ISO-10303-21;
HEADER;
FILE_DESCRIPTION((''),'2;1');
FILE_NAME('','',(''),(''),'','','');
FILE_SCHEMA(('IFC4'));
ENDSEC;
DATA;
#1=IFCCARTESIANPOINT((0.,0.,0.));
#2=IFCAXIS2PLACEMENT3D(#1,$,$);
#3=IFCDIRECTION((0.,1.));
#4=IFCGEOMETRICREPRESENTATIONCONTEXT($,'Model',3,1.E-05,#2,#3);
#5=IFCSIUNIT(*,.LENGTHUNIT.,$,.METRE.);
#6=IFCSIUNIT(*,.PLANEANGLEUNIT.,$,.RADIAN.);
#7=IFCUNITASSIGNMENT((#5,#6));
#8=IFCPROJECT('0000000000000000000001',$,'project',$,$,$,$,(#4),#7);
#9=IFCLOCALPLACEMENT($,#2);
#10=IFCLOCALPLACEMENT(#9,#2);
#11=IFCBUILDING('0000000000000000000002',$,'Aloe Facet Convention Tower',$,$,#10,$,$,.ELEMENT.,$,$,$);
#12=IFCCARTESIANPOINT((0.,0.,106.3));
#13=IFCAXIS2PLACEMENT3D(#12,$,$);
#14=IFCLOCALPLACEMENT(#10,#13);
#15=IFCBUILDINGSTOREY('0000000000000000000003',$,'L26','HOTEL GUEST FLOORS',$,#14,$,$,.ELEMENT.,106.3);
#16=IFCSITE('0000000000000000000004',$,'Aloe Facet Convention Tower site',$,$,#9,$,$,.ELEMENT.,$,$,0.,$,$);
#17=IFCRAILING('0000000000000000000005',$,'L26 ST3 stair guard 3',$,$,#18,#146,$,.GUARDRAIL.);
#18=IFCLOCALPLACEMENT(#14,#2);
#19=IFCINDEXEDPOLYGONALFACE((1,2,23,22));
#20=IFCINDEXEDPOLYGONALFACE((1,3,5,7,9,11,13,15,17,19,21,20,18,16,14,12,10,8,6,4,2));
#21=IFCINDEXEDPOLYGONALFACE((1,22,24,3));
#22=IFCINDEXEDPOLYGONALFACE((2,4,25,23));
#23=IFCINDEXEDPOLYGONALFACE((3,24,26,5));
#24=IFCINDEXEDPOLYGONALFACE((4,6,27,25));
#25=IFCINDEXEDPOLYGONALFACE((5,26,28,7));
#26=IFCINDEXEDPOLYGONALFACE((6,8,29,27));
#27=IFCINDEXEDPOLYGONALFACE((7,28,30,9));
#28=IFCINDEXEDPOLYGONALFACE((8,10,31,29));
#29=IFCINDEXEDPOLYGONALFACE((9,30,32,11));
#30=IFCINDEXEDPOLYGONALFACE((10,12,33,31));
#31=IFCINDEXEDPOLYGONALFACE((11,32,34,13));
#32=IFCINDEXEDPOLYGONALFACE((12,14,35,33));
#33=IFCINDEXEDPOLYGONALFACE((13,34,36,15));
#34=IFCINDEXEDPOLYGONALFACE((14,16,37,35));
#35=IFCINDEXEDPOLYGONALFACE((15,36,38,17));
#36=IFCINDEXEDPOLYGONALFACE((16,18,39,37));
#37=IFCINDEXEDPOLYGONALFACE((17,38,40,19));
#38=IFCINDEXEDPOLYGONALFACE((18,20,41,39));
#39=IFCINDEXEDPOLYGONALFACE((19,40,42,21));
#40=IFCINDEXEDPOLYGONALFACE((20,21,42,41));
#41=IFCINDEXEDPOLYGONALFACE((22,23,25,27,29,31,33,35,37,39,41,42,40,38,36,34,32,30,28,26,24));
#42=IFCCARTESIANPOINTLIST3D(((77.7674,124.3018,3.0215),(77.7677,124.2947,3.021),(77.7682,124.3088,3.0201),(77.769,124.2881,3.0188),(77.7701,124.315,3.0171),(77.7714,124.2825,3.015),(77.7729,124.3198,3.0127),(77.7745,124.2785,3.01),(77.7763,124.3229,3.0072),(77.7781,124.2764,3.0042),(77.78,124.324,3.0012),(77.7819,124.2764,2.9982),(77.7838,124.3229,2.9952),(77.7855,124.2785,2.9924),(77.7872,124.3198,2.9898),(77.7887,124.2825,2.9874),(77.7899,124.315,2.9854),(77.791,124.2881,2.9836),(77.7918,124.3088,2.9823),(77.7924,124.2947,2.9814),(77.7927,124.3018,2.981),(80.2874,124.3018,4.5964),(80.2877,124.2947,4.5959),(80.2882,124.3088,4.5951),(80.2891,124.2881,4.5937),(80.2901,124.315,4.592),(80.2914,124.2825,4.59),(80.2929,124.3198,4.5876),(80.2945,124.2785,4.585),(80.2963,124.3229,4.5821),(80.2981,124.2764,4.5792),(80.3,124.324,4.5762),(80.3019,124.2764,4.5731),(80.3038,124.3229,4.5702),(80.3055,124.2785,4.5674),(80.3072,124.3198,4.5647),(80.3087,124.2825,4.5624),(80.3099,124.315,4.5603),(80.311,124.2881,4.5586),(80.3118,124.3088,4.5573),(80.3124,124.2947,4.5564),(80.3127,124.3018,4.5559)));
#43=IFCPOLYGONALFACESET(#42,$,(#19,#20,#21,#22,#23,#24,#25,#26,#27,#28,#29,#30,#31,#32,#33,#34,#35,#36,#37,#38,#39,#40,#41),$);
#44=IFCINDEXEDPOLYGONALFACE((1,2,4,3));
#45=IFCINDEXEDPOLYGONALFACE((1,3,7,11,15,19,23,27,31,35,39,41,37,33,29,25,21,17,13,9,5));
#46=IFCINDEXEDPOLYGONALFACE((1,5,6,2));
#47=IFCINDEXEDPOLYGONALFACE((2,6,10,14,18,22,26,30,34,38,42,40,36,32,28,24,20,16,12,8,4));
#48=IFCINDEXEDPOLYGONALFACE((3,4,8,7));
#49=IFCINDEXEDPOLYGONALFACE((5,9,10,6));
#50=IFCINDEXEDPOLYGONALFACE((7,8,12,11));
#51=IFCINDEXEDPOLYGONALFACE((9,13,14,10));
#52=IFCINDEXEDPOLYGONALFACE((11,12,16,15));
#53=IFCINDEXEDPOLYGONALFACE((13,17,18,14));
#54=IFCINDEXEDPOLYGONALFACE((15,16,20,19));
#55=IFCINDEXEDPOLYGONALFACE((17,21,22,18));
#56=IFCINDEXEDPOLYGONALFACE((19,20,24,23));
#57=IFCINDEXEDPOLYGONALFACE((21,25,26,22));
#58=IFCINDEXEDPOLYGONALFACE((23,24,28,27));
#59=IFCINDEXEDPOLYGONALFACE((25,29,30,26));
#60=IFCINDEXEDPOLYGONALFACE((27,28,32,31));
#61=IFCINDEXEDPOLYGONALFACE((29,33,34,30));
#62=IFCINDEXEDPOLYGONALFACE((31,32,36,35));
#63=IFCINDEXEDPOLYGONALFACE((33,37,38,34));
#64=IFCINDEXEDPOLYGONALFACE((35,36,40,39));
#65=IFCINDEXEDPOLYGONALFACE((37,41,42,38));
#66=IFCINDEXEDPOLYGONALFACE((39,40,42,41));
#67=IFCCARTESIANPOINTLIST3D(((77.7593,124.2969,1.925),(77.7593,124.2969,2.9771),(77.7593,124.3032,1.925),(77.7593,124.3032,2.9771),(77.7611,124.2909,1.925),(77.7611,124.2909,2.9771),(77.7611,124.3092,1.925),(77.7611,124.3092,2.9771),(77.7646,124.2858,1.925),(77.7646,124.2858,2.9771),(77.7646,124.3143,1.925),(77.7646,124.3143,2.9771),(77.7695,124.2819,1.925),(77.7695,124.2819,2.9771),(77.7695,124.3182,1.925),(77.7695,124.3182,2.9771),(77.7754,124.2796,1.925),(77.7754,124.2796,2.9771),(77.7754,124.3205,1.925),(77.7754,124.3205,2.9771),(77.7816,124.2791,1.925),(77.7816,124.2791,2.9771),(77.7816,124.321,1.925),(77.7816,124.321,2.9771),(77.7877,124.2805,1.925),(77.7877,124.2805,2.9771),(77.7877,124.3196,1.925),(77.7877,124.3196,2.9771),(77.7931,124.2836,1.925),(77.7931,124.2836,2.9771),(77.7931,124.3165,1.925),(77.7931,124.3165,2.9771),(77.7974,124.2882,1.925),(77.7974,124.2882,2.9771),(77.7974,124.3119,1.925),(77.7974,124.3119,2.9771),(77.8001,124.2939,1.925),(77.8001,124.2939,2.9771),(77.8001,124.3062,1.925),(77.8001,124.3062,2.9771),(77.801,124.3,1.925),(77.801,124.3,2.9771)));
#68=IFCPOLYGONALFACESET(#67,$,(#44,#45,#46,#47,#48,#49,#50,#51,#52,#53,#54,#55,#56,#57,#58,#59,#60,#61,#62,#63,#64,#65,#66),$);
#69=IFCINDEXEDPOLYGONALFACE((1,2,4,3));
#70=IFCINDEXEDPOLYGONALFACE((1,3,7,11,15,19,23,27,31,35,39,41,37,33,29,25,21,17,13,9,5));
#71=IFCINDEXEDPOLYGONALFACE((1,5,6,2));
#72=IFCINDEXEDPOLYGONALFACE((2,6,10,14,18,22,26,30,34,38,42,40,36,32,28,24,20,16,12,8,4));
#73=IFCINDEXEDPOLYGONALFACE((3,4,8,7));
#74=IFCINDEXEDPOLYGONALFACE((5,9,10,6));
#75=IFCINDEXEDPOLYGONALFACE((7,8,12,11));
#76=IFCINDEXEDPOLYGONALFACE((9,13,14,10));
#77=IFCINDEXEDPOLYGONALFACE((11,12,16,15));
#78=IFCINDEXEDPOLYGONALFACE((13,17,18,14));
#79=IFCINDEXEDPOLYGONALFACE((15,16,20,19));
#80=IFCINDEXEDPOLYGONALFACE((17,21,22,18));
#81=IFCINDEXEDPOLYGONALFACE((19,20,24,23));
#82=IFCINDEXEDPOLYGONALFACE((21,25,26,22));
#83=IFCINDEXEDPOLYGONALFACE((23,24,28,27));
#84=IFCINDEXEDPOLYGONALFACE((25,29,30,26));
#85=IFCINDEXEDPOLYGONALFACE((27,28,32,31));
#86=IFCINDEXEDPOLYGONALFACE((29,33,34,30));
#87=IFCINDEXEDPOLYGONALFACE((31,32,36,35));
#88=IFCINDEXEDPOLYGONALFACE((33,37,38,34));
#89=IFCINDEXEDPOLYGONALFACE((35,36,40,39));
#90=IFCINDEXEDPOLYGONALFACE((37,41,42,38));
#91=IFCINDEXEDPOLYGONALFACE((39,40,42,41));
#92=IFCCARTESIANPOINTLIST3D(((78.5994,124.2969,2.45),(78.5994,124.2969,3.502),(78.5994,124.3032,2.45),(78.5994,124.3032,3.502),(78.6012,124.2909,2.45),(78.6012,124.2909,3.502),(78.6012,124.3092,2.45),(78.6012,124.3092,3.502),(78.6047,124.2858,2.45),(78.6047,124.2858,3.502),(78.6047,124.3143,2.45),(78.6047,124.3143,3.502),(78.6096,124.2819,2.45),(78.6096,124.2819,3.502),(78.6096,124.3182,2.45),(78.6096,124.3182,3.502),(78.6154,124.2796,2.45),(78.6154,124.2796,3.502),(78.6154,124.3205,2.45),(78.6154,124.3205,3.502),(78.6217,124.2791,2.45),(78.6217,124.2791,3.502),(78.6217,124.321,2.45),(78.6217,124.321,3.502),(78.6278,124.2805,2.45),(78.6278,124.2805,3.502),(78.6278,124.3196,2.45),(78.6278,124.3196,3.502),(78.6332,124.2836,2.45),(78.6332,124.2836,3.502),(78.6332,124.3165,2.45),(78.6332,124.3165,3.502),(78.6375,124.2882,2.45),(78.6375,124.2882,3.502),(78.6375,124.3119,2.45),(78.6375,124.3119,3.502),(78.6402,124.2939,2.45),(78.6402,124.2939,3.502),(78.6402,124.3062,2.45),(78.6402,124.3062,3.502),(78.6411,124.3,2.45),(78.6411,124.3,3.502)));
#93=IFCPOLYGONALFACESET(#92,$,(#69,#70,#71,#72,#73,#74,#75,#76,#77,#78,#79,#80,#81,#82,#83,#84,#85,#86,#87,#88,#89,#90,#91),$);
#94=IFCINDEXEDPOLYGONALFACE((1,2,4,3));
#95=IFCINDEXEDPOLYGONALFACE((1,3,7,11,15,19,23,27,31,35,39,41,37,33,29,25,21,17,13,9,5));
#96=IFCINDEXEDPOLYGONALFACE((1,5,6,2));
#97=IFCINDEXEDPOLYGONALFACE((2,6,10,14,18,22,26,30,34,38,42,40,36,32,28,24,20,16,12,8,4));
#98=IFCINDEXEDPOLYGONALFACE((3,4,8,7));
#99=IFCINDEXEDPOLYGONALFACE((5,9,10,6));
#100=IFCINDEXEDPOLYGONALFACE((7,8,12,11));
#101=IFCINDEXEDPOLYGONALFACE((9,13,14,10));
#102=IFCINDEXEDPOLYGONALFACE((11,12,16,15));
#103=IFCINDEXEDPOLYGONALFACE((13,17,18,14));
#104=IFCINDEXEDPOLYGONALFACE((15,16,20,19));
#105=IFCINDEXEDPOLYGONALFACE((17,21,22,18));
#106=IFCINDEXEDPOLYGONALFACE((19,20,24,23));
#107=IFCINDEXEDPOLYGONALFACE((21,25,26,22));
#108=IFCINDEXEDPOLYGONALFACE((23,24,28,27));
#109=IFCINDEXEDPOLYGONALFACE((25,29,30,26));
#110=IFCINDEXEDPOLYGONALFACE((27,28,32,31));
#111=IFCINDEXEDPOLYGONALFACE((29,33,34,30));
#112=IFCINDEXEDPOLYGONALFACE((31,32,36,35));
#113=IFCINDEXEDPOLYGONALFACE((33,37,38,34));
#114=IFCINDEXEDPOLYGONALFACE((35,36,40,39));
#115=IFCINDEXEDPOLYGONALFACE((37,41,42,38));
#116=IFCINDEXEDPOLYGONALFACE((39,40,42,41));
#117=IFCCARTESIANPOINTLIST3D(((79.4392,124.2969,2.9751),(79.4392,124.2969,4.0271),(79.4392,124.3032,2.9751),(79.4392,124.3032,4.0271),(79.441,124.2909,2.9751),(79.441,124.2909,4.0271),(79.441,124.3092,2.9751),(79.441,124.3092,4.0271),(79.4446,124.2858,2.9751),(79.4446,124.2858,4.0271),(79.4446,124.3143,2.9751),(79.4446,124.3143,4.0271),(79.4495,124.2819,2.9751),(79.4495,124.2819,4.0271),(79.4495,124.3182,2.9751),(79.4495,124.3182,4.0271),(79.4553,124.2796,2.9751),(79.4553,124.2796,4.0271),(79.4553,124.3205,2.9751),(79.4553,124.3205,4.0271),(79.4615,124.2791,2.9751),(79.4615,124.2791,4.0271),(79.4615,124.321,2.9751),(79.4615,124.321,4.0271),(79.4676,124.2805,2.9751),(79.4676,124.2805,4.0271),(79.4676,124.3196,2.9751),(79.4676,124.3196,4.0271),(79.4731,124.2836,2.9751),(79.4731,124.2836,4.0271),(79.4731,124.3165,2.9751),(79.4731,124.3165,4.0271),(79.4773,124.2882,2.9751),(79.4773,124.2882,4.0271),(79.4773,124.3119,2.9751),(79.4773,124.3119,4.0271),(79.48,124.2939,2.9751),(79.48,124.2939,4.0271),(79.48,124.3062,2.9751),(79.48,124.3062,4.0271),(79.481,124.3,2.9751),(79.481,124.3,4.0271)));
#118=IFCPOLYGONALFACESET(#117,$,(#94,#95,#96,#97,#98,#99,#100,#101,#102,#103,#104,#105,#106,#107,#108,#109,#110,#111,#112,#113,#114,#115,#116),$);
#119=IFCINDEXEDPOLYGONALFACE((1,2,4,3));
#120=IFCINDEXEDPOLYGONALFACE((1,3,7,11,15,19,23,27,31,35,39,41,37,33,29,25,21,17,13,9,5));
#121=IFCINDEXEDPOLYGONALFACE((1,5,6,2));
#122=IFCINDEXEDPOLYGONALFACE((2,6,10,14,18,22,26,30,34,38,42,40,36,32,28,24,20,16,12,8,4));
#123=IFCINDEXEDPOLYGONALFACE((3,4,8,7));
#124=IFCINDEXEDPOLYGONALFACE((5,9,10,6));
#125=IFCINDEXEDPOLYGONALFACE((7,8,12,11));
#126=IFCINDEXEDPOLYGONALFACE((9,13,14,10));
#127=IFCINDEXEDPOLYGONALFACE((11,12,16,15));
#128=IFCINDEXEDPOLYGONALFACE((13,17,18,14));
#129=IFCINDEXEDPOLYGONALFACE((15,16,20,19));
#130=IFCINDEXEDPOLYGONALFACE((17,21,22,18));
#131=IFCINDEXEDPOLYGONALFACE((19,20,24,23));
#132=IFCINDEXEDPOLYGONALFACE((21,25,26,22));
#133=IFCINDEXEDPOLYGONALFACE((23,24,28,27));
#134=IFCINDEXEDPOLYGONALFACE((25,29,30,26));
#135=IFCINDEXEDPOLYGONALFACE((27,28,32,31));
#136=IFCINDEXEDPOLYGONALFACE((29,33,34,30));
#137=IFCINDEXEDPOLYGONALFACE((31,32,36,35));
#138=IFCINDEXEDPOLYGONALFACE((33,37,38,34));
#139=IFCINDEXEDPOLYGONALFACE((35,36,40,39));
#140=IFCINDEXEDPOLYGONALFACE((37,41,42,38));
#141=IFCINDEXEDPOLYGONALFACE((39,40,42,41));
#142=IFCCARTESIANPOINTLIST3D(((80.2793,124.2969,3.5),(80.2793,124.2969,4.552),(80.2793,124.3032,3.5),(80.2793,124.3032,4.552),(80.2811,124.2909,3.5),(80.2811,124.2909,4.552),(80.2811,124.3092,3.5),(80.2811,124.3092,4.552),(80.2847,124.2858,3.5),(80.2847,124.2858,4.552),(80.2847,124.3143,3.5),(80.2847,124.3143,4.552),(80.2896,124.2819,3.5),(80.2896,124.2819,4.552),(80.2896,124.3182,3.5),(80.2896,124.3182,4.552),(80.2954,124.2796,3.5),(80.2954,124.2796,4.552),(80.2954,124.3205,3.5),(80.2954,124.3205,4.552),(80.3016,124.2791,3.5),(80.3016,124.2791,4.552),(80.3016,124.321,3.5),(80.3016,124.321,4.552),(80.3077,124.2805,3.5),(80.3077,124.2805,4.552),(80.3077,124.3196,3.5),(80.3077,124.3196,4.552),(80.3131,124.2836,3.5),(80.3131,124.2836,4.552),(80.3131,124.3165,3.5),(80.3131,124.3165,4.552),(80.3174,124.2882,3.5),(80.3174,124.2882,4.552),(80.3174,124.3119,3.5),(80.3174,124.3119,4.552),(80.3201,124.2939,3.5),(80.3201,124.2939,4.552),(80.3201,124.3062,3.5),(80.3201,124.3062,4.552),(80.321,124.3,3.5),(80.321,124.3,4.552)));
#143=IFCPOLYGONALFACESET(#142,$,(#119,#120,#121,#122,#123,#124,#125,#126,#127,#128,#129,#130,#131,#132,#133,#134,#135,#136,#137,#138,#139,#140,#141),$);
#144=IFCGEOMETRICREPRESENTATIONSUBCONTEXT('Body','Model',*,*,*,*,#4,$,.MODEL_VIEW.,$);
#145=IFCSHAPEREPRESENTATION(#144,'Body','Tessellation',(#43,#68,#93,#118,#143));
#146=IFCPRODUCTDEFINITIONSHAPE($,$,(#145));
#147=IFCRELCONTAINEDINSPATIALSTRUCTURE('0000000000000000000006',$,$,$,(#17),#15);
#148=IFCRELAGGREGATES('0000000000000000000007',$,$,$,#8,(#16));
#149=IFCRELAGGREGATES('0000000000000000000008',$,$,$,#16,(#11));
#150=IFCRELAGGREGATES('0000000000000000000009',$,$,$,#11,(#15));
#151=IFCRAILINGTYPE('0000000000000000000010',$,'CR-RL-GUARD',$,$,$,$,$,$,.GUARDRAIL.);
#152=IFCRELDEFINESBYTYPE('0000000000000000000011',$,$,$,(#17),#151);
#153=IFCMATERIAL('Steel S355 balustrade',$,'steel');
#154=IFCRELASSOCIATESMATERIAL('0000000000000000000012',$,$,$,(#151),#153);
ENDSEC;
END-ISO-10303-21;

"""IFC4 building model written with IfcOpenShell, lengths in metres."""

from ifc_helpers import new_model, si_unit, direction, frame, origin, origin_2d, place, context, subcontext, project, spatial, circle, extrude, material, type_object, element, save


model = new_model("IFC4")

# Units and contexts
model_context = context("Model", 3, precision=1e-05, world=origin(), true_north=direction((0.0, 1.0)))
body_context = subcontext(model_context, "Body", "Model", "MODEL_VIEW")
ifc_project = project(units=[si_unit("LENGTHUNIT", "METRE"), si_unit("PLANEANGLEUNIT", "RADIAN")], contexts=[model_context])

# Site, building, storey
site_placement = place(None, origin())
site = spatial("IfcSite", under=ifc_project, at=site_placement, Name="Aloe Facet Convention Tower site", CompositionType="ELEMENT", RefElevation=0.0)
building_placement = place(site_placement, origin())
building = spatial("IfcBuilding", under=site, at=building_placement, Name="Aloe Facet Convention Tower", CompositionType="ELEMENT")
storey_placement = place(building_placement, frame((0.0, 0.0, 106.3)))
storey = spatial("IfcBuildingStorey", under=building, at=storey_placement, Name="L26", Description="HOTEL GUEST FLOORS", CompositionType="ELEMENT", Elevation=106.3)

# Railing
ifc_material_1 = material(Name="Steel S355 balustrade", Category="steel")
railing_type_1 = type_object("IfcRailingType", Name="CR-RL-GUARD", PredefinedType="GUARDRAIL", material=ifc_material_1)
railing_1_placement = place(storey_placement, frame((77.78, 124.3, 1.925)))
element("IfcRailing", 1, at=railing_1_placement, inside=storey, type_object=railing_type_1, Name="L26 ST3 stair guard 3", PredefinedType="GUARDRAIL", context=body_context, shape_type="SweptSolid", body=[
    extrude(circle(Radius=0.0239, at=origin_2d()), frame((0.0, 0.0, 1.0762), z_axis=(0.848008, 0.0, 0.529984), x_axis=(0.0, 1.0, 0.0)), (0.0, 0.0, 1.0), 2.9717),
    extrude(circle(Radius=0.021, at=origin_2d()), origin(), (0.0, 0.0, 1.0), 1.052),
    extrude(circle(Radius=0.021, at=origin_2d()), frame((0.8401, 0.0, 0.5249)), (0.0, 0.0, 1.0), 1.052),
    extrude(circle(Radius=0.021, at=origin_2d()), frame((1.6799, 0.0, 1.05)), (0.0, 0.0, 1.0), 1.052),
    extrude(circle(Radius=0.021, at=origin_2d()), frame((2.52, 0.0, 1.575)), (0.0, 0.0, 1.0), 1.052),
])

save(model, "model.ifc")
